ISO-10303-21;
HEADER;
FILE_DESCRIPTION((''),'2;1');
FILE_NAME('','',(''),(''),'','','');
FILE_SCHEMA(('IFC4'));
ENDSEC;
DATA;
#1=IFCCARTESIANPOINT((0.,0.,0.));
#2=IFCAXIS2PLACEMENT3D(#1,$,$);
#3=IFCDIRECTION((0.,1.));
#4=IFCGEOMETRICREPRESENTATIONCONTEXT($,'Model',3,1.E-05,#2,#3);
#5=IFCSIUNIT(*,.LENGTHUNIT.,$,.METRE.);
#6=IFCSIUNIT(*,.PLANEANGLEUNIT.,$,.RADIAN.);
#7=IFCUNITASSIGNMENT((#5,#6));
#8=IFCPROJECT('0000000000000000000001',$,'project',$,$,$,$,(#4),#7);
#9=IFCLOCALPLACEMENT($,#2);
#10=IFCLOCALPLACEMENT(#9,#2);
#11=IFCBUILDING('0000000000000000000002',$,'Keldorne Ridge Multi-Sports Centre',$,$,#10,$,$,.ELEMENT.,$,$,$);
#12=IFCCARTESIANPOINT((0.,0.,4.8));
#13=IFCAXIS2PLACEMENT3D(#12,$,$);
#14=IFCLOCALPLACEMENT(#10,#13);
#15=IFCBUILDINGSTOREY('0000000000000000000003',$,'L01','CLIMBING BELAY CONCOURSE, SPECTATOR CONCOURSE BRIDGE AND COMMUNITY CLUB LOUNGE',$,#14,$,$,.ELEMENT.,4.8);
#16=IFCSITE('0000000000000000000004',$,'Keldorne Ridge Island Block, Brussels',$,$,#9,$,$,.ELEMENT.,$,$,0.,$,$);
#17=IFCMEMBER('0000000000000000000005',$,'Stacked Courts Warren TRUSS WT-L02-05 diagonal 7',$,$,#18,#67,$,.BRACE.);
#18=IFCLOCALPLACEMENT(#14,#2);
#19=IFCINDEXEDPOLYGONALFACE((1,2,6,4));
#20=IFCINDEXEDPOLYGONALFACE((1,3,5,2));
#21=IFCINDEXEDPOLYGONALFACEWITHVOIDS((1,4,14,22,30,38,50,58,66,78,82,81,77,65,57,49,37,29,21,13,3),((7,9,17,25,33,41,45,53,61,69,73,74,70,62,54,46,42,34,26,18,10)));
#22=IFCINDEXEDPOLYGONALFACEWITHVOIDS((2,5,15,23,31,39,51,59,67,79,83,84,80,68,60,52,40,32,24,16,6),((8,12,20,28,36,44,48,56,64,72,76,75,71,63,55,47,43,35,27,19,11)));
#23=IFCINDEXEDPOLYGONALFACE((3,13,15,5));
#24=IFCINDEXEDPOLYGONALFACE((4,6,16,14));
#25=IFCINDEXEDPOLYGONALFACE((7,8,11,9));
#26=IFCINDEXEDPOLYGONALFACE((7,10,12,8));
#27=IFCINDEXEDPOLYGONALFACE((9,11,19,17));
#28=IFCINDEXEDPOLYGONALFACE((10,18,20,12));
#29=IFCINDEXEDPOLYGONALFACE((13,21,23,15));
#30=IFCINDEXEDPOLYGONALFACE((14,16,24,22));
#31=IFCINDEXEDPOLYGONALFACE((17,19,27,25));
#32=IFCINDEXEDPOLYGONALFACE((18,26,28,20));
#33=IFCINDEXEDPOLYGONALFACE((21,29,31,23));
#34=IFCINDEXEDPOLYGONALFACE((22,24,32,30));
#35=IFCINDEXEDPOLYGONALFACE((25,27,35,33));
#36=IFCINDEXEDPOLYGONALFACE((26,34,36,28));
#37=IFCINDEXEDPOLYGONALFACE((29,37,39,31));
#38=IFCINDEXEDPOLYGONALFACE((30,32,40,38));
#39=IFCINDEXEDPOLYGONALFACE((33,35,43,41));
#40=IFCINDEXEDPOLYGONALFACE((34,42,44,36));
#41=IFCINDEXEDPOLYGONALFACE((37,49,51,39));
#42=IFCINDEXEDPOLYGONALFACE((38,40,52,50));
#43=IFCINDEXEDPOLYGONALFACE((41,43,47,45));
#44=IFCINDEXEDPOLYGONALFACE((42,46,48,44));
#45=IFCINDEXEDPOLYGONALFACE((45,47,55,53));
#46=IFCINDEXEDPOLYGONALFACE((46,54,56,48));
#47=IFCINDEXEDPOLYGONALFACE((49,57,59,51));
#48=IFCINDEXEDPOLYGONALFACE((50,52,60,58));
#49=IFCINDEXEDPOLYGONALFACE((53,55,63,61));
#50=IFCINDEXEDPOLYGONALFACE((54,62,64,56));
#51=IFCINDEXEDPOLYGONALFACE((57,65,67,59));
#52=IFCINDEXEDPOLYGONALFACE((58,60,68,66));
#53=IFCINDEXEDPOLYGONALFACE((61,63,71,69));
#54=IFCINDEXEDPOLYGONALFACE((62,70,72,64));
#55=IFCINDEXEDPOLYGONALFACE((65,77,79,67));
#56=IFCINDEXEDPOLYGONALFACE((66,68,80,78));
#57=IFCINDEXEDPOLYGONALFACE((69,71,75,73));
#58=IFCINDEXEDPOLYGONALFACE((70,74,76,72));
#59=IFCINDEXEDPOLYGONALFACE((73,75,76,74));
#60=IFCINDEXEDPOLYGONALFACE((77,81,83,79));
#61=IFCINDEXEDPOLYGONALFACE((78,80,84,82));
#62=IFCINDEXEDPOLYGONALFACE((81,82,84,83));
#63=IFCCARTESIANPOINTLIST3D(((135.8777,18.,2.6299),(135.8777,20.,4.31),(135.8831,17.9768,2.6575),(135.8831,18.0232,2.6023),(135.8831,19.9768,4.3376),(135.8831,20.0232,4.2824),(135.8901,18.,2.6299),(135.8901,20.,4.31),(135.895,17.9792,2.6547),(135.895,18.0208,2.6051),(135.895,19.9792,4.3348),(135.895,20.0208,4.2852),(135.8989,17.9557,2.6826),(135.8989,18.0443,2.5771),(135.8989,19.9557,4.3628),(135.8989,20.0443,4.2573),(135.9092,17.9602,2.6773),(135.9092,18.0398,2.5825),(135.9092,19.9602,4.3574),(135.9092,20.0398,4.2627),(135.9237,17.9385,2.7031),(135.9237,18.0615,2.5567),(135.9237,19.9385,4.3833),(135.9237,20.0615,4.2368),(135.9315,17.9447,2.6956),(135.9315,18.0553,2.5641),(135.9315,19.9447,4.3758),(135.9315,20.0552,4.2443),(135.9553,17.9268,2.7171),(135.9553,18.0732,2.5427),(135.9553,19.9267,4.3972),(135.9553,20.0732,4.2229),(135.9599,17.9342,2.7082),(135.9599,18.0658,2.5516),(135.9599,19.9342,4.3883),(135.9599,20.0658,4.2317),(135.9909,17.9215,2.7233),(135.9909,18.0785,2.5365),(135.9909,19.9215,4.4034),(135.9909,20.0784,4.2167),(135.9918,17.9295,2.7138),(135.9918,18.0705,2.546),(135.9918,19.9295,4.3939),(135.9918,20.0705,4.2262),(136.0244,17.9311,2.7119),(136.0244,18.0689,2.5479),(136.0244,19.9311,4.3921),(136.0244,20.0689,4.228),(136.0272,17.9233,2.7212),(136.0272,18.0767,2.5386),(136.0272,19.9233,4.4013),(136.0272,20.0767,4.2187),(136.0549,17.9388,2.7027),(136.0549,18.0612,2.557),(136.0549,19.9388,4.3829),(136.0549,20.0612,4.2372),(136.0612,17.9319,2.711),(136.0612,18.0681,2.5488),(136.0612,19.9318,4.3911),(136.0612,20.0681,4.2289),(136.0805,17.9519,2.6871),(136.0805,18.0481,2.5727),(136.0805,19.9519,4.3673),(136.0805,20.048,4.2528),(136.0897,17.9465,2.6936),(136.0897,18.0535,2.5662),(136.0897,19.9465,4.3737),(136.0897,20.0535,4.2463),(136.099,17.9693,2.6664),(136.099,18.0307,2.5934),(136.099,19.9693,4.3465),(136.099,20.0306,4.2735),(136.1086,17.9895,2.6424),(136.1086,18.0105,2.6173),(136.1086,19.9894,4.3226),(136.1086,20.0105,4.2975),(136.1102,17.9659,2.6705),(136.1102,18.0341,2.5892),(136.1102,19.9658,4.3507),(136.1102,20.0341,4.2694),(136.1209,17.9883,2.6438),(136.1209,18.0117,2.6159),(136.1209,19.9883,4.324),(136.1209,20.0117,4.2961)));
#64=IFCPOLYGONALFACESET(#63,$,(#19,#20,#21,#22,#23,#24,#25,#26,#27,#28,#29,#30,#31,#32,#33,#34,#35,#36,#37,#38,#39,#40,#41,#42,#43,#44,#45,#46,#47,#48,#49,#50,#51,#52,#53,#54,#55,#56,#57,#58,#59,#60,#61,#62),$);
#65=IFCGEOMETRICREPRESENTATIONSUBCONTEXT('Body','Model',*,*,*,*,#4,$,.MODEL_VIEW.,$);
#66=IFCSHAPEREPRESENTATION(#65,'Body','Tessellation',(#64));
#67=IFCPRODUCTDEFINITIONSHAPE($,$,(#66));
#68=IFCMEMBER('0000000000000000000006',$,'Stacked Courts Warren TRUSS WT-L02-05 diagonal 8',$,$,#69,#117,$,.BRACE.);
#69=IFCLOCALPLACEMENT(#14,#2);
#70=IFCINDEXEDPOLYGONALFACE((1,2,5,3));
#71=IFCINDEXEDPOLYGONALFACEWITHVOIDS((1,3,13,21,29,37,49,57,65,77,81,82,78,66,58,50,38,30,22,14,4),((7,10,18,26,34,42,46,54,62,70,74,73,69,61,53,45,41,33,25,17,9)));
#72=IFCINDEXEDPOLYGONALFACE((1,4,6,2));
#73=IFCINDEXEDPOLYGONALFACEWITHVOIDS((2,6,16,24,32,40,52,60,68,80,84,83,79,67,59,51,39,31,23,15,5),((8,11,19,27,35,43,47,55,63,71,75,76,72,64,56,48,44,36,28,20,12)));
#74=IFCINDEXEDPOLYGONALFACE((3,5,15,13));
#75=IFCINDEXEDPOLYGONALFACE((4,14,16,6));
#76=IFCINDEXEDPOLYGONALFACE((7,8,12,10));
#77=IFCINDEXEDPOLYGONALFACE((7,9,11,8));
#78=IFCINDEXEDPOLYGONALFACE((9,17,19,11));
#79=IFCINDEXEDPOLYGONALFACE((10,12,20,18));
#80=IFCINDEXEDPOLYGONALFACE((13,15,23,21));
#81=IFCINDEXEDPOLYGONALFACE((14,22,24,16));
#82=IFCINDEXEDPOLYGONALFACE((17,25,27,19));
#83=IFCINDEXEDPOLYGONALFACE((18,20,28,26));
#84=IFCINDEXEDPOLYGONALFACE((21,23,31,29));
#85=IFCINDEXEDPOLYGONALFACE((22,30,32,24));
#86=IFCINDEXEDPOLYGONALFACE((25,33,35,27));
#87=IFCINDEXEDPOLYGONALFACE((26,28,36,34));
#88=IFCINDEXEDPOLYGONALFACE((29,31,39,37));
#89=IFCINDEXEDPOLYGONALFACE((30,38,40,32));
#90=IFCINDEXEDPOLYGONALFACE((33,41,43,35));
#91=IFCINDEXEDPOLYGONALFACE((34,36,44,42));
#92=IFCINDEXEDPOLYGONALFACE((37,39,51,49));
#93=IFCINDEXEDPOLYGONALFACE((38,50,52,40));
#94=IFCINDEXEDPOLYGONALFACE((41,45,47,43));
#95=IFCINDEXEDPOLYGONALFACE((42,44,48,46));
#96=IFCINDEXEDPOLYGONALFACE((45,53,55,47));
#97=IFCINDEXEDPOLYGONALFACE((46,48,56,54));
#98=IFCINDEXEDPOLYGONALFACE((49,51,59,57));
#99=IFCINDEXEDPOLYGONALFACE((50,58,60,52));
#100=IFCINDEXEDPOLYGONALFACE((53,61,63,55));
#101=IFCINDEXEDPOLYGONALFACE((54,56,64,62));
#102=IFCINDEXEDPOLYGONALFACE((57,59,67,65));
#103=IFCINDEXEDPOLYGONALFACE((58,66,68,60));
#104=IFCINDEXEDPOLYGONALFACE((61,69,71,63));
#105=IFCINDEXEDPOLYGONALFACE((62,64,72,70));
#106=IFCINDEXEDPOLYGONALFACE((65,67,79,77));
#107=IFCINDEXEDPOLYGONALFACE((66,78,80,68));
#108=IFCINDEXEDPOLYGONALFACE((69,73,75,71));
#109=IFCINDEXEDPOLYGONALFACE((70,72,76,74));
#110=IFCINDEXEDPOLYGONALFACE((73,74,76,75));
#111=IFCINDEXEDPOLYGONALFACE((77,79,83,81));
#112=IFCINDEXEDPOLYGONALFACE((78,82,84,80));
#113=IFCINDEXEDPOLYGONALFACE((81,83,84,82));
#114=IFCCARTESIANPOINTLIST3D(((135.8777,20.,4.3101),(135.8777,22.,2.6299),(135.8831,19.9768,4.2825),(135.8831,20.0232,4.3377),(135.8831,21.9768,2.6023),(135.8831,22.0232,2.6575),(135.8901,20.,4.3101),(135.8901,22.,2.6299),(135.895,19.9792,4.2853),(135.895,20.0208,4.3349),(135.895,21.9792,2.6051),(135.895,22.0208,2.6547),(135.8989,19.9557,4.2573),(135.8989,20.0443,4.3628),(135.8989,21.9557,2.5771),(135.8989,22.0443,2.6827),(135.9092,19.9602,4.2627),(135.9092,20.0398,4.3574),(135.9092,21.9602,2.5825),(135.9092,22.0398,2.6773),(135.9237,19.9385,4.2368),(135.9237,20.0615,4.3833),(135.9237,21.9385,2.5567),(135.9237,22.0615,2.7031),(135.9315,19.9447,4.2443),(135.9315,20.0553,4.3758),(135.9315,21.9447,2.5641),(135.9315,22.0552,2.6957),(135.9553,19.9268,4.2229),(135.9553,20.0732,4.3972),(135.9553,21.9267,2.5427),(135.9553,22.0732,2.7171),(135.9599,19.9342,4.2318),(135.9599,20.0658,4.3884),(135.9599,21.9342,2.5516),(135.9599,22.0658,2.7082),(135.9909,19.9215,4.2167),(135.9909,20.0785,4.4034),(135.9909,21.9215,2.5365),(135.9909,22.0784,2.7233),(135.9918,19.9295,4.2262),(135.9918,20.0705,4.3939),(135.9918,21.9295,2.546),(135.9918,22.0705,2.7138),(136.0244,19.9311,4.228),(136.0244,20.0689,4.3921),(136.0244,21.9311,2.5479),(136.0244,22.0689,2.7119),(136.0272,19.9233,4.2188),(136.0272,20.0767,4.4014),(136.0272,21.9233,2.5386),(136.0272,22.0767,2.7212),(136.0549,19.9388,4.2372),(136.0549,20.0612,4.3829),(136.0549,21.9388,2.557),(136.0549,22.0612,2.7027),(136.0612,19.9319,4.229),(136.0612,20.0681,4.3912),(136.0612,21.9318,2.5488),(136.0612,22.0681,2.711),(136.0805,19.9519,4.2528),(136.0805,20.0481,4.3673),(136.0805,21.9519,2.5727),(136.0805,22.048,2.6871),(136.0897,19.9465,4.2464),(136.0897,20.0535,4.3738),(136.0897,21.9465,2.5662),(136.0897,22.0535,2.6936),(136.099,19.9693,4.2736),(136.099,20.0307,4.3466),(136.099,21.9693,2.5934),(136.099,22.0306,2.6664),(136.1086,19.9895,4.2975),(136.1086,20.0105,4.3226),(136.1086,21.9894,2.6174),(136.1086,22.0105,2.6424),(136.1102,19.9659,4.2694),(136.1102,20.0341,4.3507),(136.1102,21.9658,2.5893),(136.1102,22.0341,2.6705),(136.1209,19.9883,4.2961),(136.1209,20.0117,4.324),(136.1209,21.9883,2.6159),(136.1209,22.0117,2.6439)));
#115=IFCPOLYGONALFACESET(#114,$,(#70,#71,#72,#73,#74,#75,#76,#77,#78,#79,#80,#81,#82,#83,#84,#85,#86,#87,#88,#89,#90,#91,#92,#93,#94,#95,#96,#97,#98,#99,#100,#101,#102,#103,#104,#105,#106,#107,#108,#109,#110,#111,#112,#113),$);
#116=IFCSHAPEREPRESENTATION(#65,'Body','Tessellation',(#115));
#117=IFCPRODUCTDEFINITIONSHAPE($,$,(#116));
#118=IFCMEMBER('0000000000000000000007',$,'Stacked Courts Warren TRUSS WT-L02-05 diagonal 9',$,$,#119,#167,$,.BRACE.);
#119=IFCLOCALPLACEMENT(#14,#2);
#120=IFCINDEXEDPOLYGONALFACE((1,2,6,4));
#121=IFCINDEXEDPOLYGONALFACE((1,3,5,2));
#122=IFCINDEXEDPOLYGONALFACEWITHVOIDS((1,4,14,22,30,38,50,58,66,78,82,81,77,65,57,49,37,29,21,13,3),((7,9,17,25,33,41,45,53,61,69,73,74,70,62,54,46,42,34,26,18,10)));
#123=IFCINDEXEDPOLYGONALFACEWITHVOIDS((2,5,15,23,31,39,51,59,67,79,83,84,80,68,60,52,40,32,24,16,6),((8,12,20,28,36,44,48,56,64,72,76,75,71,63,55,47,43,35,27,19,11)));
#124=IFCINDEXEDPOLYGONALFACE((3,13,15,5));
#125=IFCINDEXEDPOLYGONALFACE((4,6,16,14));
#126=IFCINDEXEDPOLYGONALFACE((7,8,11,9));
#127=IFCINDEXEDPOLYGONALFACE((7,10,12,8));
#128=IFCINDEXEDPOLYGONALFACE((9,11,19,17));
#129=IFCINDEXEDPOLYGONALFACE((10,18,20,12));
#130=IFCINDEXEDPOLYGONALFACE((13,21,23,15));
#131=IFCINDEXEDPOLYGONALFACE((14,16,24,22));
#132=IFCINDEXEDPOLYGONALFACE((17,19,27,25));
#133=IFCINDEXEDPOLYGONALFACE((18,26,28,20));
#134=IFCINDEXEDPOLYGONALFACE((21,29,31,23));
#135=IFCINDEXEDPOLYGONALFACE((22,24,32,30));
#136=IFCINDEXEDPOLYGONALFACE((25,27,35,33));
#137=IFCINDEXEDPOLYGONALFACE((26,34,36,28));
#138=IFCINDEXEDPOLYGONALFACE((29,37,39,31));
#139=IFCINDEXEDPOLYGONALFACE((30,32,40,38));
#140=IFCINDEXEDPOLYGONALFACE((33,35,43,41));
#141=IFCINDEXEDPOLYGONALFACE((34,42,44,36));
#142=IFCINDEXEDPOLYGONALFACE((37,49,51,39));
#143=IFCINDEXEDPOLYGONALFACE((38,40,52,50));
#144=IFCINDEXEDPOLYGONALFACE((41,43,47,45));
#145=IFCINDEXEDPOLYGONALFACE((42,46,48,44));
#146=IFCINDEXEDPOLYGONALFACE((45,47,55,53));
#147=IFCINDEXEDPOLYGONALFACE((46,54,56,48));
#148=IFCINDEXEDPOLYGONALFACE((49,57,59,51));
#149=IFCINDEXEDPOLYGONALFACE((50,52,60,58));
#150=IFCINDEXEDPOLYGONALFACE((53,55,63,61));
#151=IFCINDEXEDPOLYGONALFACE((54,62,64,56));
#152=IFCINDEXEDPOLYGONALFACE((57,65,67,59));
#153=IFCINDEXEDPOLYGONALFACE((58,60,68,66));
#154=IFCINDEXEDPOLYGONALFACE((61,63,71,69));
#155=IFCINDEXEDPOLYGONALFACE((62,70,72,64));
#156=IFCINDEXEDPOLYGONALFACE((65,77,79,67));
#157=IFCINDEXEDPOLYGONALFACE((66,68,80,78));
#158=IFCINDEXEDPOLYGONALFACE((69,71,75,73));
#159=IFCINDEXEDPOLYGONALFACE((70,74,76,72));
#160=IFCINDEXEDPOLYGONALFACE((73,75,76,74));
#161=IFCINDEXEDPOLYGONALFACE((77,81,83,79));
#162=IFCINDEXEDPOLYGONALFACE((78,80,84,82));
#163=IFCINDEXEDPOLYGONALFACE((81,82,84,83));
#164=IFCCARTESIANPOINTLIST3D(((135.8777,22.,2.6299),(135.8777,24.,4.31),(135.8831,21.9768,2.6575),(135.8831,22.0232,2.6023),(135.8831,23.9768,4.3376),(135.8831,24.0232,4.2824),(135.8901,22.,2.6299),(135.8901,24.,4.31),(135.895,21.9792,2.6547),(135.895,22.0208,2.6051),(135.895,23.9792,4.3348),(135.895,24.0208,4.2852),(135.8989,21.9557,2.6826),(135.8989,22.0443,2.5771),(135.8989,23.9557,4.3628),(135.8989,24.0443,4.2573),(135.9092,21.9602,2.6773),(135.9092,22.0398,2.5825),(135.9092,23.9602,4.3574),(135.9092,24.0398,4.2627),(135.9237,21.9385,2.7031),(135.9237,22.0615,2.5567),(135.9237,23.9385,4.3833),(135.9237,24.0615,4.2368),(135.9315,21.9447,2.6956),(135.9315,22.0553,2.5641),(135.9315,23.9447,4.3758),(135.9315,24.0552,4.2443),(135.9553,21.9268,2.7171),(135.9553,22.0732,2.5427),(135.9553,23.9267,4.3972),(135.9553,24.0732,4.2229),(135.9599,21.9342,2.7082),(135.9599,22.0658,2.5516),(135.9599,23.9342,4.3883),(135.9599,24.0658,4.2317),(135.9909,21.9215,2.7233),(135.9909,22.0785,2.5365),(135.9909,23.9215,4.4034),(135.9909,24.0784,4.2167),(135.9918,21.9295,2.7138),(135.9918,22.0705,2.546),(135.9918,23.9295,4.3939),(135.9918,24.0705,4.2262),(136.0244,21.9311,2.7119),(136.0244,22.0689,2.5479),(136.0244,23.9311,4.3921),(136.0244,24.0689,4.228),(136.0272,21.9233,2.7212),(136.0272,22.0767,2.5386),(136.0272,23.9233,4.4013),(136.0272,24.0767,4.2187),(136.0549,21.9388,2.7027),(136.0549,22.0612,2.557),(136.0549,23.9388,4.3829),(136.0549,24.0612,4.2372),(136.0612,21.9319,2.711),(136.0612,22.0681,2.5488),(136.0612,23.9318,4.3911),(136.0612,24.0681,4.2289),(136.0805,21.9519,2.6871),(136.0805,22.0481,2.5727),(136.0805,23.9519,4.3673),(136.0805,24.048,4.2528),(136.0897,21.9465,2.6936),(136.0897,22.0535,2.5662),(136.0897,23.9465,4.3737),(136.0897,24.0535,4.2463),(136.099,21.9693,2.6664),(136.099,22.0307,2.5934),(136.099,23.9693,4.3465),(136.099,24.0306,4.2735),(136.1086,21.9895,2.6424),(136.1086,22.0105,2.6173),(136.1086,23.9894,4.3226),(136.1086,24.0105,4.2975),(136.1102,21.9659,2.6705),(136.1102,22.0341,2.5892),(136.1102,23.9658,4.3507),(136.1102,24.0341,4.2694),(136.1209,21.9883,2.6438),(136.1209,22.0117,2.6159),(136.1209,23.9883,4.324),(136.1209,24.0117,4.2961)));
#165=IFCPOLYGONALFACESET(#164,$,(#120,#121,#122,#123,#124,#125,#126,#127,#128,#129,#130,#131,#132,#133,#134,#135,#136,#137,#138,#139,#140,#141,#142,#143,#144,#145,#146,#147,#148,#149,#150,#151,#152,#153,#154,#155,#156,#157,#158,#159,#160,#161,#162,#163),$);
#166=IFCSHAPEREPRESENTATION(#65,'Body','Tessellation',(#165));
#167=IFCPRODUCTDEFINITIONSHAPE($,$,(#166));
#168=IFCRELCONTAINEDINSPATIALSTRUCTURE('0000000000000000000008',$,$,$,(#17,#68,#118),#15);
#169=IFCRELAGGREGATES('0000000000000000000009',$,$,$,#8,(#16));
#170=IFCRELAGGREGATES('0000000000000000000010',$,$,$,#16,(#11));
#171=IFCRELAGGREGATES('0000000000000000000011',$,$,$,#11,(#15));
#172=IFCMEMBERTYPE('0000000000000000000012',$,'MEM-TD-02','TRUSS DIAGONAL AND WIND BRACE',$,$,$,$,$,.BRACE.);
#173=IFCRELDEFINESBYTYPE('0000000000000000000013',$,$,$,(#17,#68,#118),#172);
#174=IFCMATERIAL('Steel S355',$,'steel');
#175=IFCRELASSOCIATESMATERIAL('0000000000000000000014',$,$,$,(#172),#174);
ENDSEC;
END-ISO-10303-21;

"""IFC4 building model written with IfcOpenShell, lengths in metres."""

from ifc_helpers import new_model, si_unit, direction, frame, origin, origin_2d, place, context, subcontext, project, spatial, hollow_circle, extrude, material, material_profile, profile_set, type_object, element, save


model = new_model("IFC4")

# Units and contexts
model_context = context("Model", 3, precision=1e-05, world=origin(), true_north=direction((0.0, 1.0)))
body_context = subcontext(model_context, "Body", "Model", "MODEL_VIEW")
ifc_project = project(units=[si_unit("LENGTHUNIT", "METRE"), si_unit("PLANEANGLEUNIT", "RADIAN")], contexts=[model_context])

# Site, building, storey
site_placement = place(None, origin())
site = spatial("IfcSite", under=ifc_project, at=site_placement, Name="Keldorne Ridge Island Block, Brussels", CompositionType="ELEMENT", RefElevation=0.0)
building_placement = place(site_placement, origin())
building = spatial("IfcBuilding", under=site, at=building_placement, Name="Keldorne Ridge Multi-Sports Centre", CompositionType="ELEMENT")
storey_placement = place(building_placement, frame((0.0, 0.0, 4.8)))
storey = spatial("IfcBuildingStorey", under=building, at=storey_placement, Name="L01", Description="CLIMBING BELAY CONCOURSE, SPECTATOR CONCOURSE BRIDGE AND COMMUNITY CLUB LOUNGE", CompositionType="ELEMENT", Elevation=4.8)

# Members
ifc_material = material(Name="Steel S355", Category="steel")
ifc_material_profile_1 = material_profile(ifc_material, hollow_circle(Radius=0.1223, WallThickness=0.0125, at=origin_2d()), Name="CHS 244.5x12.5")
ifc_profile_set_1 = profile_set([ifc_material_profile_1], Name="Steel S355")
member_type_1 = type_object("IfcMemberType", Name="MEM-TD-02", Description="TRUSS DIAGONAL AND WIND BRACE", PredefinedType="BRACE", material=ifc_profile_set_1)
for number, where, z_axis, x_axis, name in (
    (1, (136.0, 18.0, 2.6299), (0.0, 0.765672, 0.643232), (-1.0, 0.0, 0.0), "Stacked Courts Warren TRUSS WT-L02-05 diagonal 7"),
    (2, (136.0, 20.0, 4.3101), (0.0, 0.765672, -0.643232), (-1.0, 0.0, 0.0), "Stacked Courts Warren TRUSS WT-L02-05 diagonal 8"),
    (3, (136.0, 22.0, 2.6299), (0.0, 0.765672, 0.643232), (-1.0, 0.0, 0.0), "Stacked Courts Warren TRUSS WT-L02-05 diagonal 9"),
):
    element("IfcMember", number, at=place(storey_placement, frame(where, z_axis=z_axis, x_axis=x_axis)), inside=storey, type_object=member_type_1, Name=name, PredefinedType="BRACE", context=body_context, shape_type="SweptSolid", body=[
        extrude(hollow_circle(Radius=0.1223, WallThickness=0.0125, at=origin_2d()), origin(), (0.0, 0.0, 1.0), 2.6121),
    ])

save(model, "model.ifc")
